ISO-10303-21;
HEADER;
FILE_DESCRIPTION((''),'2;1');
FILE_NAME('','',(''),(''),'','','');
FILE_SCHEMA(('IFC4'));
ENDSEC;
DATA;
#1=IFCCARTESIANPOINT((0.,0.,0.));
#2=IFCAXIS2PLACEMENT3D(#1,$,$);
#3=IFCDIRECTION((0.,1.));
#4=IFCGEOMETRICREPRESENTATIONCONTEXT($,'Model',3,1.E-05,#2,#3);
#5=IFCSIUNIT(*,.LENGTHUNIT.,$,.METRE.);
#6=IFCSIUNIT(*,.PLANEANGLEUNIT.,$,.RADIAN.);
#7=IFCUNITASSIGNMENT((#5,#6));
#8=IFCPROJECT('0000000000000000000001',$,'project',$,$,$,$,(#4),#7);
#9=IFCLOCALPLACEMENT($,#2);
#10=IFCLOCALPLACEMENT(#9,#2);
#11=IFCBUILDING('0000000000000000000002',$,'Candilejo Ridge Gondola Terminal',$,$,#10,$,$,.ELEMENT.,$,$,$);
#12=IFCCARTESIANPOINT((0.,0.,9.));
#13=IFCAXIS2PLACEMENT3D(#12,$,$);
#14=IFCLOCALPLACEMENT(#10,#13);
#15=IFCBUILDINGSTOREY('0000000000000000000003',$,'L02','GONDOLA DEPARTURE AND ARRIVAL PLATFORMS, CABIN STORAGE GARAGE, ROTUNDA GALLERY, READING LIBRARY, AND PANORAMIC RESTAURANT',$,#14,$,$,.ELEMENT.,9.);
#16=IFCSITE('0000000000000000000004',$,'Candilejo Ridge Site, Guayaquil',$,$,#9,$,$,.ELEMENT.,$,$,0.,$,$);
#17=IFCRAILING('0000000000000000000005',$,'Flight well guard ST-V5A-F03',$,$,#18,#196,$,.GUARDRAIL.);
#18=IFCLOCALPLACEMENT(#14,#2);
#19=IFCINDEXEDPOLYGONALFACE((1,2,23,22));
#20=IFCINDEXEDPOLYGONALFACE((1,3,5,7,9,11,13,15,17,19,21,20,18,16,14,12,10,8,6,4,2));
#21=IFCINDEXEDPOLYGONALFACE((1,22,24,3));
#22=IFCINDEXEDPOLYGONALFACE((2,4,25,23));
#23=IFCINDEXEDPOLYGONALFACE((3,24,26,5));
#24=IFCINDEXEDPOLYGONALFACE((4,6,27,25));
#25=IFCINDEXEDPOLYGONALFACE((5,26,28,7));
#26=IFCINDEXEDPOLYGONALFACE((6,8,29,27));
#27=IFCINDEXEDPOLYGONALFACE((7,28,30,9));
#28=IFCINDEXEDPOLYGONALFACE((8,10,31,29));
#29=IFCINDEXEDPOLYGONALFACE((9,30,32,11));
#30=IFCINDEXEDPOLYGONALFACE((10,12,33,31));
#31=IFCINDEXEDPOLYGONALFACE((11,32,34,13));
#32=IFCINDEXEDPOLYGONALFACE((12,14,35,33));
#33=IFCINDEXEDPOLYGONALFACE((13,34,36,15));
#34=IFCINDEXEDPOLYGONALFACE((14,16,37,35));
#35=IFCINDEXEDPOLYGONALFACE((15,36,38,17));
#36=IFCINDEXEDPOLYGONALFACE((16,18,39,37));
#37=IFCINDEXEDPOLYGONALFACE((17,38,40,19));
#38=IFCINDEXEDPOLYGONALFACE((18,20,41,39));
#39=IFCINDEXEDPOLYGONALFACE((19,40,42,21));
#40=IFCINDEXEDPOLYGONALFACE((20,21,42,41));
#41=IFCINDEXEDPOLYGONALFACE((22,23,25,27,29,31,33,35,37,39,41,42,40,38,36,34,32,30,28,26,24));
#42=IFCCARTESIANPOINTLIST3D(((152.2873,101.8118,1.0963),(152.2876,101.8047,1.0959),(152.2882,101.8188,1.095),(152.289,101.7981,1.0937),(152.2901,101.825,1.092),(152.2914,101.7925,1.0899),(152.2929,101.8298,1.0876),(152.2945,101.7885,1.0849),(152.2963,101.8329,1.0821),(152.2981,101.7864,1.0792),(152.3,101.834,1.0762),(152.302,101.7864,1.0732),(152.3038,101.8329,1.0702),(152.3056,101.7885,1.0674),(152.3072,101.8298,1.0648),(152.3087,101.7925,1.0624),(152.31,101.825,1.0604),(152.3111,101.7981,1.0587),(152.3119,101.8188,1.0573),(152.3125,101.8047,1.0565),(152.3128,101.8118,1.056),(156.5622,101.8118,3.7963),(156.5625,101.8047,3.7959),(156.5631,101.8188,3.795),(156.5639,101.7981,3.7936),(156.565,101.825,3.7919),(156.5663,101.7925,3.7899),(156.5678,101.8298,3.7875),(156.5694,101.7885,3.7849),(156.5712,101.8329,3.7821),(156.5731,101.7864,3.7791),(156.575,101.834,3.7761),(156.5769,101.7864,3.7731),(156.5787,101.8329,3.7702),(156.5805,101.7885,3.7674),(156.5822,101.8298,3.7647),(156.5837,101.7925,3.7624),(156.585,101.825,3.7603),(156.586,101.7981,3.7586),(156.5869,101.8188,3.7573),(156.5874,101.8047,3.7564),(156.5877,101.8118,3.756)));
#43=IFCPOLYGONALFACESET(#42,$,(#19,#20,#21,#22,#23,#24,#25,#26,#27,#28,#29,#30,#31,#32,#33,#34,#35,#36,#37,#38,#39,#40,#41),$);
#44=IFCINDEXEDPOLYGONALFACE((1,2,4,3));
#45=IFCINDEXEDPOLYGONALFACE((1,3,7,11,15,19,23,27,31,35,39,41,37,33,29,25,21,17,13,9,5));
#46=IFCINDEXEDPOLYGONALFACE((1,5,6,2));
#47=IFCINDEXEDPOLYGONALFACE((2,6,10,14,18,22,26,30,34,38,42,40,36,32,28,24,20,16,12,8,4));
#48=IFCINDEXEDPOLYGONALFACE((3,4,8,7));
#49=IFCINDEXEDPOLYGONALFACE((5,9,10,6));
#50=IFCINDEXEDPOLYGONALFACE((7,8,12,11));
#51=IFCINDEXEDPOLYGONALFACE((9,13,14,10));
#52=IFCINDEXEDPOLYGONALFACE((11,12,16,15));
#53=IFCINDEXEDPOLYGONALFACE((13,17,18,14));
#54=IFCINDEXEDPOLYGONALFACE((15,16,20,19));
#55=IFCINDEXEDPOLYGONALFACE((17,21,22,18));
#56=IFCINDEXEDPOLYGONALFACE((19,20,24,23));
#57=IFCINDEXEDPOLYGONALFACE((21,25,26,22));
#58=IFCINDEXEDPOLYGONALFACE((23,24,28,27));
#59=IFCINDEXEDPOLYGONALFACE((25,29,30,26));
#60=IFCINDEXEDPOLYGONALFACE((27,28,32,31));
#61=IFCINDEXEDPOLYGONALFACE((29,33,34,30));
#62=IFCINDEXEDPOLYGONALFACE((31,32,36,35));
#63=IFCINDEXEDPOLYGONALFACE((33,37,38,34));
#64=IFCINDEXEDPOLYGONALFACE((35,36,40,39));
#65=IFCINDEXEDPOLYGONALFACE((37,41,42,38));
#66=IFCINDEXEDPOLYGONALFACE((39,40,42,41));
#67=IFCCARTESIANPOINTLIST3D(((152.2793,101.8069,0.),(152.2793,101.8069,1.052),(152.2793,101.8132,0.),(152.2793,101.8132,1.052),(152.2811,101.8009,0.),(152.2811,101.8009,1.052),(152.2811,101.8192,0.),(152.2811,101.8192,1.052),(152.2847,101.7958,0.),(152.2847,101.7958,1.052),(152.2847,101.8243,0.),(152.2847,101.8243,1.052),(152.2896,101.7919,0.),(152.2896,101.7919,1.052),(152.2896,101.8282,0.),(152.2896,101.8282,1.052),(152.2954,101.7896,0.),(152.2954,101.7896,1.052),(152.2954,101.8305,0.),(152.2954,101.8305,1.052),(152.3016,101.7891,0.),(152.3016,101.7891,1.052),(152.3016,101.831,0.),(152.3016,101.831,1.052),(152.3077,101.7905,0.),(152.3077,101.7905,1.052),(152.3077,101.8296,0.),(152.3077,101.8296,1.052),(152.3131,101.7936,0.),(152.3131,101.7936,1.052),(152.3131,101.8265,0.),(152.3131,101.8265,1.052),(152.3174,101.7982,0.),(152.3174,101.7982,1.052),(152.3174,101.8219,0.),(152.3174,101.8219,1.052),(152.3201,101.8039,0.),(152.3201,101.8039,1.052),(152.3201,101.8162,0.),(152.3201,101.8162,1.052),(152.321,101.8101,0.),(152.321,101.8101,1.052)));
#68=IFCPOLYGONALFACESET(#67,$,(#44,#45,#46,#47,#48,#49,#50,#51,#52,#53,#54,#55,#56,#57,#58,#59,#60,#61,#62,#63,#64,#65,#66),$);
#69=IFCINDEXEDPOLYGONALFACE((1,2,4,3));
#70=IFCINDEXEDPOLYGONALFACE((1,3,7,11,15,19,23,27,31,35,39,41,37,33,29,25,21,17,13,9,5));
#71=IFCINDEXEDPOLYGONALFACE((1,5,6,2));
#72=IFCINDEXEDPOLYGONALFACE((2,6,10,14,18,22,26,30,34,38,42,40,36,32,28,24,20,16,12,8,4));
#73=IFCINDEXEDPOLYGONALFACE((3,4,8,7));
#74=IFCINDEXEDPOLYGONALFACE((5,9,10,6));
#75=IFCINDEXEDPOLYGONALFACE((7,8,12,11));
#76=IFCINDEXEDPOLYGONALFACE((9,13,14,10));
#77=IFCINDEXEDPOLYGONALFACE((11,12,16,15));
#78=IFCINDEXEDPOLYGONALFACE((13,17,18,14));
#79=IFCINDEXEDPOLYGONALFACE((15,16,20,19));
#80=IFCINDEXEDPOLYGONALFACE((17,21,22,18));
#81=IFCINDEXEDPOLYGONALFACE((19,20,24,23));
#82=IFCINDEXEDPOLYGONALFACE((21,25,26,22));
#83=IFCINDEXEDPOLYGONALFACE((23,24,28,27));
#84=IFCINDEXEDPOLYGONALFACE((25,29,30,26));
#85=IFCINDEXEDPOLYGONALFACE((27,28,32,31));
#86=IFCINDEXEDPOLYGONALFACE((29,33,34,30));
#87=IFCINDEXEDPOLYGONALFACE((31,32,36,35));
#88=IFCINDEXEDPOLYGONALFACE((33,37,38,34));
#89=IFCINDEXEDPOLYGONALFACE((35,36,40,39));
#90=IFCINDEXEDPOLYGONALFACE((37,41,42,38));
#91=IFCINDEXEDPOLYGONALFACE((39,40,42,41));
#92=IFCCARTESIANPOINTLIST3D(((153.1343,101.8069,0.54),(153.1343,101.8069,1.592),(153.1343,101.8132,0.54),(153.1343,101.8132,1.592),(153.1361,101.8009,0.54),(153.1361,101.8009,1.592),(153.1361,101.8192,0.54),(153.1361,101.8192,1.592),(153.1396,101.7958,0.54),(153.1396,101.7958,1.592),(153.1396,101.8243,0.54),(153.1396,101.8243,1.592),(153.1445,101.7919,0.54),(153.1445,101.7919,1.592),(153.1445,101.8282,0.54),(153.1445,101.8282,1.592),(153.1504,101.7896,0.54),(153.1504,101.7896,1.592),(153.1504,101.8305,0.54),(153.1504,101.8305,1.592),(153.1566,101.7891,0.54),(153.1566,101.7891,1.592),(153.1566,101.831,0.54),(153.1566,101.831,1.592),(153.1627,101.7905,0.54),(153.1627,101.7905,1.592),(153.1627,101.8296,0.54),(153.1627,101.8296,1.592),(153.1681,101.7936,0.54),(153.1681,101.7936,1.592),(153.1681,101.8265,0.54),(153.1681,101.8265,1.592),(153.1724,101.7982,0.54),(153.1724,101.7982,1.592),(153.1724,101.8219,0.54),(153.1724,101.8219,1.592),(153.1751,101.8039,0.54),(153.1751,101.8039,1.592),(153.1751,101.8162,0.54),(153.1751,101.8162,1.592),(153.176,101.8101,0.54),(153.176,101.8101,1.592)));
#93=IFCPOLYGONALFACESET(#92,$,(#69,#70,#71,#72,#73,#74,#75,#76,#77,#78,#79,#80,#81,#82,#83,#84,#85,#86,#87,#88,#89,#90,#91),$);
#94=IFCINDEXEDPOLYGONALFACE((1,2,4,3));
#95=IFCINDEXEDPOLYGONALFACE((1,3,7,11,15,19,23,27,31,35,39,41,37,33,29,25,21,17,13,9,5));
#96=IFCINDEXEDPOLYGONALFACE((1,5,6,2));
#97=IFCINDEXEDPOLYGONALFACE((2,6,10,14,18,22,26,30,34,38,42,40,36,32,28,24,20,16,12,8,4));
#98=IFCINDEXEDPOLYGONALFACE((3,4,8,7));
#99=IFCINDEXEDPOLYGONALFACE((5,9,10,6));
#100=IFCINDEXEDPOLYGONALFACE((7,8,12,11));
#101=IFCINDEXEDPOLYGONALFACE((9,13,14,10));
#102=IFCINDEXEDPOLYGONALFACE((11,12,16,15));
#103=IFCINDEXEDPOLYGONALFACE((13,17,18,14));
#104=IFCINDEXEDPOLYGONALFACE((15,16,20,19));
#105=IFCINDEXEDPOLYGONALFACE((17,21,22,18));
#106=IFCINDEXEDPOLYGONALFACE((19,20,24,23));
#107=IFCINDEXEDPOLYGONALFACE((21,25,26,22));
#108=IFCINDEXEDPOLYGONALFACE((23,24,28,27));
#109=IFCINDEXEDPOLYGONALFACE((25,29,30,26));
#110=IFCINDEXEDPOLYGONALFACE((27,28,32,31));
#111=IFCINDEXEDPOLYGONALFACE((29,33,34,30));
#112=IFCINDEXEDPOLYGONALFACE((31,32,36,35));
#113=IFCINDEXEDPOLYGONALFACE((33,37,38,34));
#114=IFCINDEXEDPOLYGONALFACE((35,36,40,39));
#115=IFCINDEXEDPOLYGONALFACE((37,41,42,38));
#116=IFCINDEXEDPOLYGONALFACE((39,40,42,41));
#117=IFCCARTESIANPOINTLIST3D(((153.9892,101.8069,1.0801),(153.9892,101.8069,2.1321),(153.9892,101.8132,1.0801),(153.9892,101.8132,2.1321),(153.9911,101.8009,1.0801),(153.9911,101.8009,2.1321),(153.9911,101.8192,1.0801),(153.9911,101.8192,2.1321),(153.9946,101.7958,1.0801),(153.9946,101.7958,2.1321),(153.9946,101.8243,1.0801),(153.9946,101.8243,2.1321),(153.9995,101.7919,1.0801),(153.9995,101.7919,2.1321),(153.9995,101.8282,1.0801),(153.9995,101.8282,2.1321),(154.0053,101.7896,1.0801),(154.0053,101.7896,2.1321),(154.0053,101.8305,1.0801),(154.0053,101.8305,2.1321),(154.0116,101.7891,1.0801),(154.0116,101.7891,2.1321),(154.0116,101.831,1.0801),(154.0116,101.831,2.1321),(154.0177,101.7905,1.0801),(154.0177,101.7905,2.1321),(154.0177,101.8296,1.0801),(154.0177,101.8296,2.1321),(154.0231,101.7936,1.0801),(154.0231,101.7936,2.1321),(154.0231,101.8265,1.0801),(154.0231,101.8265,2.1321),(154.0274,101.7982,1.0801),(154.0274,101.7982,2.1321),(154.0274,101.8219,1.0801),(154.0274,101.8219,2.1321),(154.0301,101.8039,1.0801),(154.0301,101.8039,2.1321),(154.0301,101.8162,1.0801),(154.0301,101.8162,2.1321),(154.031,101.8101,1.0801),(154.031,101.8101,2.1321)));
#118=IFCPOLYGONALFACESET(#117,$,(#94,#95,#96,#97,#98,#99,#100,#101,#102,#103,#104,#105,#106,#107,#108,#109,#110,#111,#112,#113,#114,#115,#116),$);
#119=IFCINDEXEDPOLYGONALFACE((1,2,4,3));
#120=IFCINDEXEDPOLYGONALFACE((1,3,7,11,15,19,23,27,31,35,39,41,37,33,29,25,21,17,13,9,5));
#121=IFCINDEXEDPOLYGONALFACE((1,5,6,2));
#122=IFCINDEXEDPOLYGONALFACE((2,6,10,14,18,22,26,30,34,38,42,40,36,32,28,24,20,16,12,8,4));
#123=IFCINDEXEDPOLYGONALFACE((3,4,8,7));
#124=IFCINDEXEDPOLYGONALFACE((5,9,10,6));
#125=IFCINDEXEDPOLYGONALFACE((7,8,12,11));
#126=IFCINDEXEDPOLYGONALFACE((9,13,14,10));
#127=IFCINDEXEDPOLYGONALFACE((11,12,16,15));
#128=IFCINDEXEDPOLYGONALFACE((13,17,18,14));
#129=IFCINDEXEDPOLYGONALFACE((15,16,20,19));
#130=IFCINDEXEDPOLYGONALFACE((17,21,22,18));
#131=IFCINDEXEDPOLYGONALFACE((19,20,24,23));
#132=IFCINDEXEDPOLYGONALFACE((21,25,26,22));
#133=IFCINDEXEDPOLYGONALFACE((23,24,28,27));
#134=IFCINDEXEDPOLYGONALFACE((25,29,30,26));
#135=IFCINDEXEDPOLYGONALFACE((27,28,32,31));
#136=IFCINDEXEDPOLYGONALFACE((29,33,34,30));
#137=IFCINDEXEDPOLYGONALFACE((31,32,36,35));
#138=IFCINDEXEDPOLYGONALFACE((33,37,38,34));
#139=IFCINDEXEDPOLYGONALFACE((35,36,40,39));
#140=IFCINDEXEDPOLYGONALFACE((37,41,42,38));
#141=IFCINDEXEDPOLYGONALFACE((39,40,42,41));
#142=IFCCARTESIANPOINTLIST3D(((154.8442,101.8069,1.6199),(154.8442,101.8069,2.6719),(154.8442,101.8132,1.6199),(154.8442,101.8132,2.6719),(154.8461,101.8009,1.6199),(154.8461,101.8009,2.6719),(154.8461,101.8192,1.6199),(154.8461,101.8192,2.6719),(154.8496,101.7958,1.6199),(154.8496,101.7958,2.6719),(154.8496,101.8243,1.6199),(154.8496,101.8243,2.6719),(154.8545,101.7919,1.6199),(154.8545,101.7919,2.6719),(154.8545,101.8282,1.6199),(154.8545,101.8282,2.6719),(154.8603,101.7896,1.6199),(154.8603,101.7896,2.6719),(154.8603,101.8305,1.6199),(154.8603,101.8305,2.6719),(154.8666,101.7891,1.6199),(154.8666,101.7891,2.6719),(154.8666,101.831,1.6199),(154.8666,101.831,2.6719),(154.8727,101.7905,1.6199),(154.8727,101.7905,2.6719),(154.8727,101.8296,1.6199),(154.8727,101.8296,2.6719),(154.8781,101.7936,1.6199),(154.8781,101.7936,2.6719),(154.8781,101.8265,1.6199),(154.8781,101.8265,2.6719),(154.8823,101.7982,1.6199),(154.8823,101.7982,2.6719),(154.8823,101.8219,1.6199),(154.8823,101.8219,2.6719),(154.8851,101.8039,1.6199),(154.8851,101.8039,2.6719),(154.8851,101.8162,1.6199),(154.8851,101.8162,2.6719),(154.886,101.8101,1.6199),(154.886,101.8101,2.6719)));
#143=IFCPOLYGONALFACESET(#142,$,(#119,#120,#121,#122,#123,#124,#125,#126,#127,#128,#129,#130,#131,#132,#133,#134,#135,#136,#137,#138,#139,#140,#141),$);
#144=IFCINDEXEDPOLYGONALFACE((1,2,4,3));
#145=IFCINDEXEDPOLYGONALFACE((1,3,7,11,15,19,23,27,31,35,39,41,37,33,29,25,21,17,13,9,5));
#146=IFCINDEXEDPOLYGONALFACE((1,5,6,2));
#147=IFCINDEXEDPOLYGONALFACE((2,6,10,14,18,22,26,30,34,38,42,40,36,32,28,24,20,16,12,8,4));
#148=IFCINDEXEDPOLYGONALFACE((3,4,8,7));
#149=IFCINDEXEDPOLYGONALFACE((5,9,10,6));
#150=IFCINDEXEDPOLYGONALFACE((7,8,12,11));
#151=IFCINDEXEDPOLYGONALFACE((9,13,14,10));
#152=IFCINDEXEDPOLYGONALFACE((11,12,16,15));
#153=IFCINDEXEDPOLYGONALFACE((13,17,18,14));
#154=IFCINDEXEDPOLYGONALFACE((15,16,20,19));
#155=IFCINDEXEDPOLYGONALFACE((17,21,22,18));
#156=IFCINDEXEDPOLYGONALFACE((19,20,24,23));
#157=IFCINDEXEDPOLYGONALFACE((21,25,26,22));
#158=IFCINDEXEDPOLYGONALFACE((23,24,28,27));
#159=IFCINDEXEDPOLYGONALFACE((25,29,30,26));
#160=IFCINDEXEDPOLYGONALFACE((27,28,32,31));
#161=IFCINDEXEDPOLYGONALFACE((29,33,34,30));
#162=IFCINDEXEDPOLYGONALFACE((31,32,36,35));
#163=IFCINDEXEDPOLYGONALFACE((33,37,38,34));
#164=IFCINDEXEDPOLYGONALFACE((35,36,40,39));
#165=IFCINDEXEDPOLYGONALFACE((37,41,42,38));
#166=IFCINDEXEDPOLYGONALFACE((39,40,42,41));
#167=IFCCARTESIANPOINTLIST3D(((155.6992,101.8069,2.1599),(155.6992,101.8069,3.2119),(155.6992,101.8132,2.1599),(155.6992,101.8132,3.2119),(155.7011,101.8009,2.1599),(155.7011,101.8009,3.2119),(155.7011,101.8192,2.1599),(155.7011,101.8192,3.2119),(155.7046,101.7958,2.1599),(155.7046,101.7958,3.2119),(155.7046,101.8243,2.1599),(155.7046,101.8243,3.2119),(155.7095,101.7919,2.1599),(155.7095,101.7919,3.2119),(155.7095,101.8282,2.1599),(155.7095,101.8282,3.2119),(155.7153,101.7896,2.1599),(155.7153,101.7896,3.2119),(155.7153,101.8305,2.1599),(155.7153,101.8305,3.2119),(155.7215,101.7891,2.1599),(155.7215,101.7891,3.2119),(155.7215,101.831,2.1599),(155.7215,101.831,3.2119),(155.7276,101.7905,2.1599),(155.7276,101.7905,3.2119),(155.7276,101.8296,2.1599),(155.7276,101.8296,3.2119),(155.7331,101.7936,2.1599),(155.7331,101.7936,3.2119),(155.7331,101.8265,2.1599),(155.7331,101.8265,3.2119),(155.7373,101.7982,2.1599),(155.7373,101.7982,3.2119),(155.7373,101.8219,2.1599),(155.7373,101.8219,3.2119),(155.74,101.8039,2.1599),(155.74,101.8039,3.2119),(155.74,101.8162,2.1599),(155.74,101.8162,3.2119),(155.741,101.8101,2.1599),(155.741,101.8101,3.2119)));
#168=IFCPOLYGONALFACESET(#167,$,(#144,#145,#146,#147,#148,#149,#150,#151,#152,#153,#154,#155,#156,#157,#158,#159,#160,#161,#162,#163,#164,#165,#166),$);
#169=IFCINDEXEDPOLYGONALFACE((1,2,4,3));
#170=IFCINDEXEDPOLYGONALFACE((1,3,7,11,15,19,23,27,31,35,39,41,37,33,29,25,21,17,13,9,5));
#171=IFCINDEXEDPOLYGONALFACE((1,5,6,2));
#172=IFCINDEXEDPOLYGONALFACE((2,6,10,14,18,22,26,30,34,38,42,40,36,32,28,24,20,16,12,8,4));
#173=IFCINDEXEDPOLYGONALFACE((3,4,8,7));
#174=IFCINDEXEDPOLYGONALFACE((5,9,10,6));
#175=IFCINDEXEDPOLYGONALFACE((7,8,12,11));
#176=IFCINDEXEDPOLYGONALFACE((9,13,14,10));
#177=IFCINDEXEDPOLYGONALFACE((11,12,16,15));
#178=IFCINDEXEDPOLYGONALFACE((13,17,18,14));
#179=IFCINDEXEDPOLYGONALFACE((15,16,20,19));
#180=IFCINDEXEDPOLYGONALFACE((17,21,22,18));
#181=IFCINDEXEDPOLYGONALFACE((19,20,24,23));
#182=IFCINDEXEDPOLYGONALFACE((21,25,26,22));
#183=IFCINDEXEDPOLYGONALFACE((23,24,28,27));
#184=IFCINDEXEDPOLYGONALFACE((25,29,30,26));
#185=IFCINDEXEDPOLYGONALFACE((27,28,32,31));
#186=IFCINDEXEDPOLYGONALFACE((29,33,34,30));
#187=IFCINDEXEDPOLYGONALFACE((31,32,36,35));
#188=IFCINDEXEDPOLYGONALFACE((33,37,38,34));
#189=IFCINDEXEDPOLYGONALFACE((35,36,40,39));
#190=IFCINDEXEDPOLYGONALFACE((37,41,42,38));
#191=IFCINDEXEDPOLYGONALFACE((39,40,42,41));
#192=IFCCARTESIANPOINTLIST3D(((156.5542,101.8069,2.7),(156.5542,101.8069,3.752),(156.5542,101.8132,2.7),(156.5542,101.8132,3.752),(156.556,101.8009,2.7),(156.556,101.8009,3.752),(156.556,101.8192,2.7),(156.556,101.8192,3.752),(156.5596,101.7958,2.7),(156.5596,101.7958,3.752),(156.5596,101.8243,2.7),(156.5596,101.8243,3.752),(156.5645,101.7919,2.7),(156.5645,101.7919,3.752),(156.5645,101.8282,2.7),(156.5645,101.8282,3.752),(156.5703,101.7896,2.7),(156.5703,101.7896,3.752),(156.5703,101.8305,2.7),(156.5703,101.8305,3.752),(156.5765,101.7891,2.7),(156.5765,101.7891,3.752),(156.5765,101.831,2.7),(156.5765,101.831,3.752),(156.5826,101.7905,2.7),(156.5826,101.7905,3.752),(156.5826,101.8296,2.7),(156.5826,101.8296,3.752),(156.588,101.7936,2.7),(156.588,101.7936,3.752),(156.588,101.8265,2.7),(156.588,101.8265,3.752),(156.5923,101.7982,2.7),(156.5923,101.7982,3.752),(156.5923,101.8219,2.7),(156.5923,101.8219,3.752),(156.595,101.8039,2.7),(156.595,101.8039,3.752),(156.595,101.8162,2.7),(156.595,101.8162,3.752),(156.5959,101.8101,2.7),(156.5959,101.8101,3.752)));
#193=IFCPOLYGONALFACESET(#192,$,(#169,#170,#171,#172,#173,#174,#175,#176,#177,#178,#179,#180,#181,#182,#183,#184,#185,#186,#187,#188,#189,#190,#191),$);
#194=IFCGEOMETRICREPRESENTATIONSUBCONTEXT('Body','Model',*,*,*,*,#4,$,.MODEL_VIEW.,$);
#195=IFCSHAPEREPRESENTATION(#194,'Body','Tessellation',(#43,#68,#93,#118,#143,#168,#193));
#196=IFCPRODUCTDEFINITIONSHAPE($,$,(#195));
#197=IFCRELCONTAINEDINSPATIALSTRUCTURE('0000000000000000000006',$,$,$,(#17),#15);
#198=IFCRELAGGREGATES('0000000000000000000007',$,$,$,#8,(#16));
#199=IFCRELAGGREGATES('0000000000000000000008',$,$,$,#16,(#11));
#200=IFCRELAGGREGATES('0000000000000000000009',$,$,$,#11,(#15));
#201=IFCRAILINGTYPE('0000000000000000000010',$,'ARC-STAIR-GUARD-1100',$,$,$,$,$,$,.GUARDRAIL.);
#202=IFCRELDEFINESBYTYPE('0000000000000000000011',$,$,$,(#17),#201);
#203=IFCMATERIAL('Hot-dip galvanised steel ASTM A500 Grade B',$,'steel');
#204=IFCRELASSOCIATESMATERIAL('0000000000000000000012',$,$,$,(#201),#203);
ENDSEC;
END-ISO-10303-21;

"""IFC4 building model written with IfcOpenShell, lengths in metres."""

from ifc_helpers import new_model, si_unit, direction, frame, origin, origin_2d, place, context, subcontext, project, spatial, circle, extrude, material, type_object, element, save


model = new_model("IFC4")

# Units and contexts
model_context = context("Model", 3, precision=1e-05, world=origin(), true_north=direction((0.0, 1.0)))
body_context = subcontext(model_context, "Body", "Model", "MODEL_VIEW")
ifc_project = project(units=[si_unit("LENGTHUNIT", "METRE"), si_unit("PLANEANGLEUNIT", "RADIAN")], contexts=[model_context])

# Site, building, storey
site_placement = place(None, origin())
site = spatial("IfcSite", under=ifc_project, at=site_placement, Name="Candilejo Ridge Site, Guayaquil", CompositionType="ELEMENT", RefElevation=0.0)
building_placement = place(site_placement, origin())
building = spatial("IfcBuilding", under=site, at=building_placement, Name="Candilejo Ridge Gondola Terminal", CompositionType="ELEMENT")
storey_placement = place(building_placement, frame((0.0, 0.0, 9.0)))
storey = spatial("IfcBuildingStorey", under=building, at=storey_placement, Name="L02", Description="GONDOLA DEPARTURE AND ARRIVAL PLATFORMS, CABIN STORAGE GARAGE, ROTUNDA GALLERY, READING LIBRARY, AND PANORAMIC RESTAURANT", CompositionType="ELEMENT", Elevation=9.0)

# Railing
ifc_material_1 = material(Name="Hot-dip galvanised steel ASTM A500 Grade B", Category="steel")
railing_type_1 = type_object("IfcRailingType", Name="ARC-STAIR-GUARD-1100", PredefinedType="GUARDRAIL", material=ifc_material_1)
railing_1_placement = place(storey_placement, frame((152.3, 101.8101, 0.0)))
element("IfcRailing", 1, at=railing_1_placement, inside=storey, type_object=railing_type_1, Name="Flight well guard ST-V5A-F03", PredefinedType="GUARDRAIL", context=body_context, shape_type="SweptSolid", body=[
    extrude(circle(Radius=0.0239, at=origin_2d()), frame((0.0, 0.0, 1.0762), z_axis=(0.845488, 0.0, 0.533995), x_axis=(0.0, 1.0, 0.0)), (0.0, 0.0, 1.0), 5.0562),
    extrude(circle(Radius=0.021, at=origin_2d()), origin(), (0.0, 0.0, 1.0), 1.052),
    extrude(circle(Radius=0.021, at=origin_2d()), frame((0.855, 0.0, 0.54)), (0.0, 0.0, 1.0), 1.052),
    extrude(circle(Radius=0.021, at=origin_2d()), frame((1.71, 0.0, 1.0801)), (0.0, 0.0, 1.0), 1.052),
    extrude(circle(Radius=0.021, at=origin_2d()), frame((2.5649, 0.0, 1.6199)), (0.0, 0.0, 1.0), 1.052),
    extrude(circle(Radius=0.021, at=origin_2d()), frame((3.4199, 0.0, 2.1599)), (0.0, 0.0, 1.0), 1.052),
    extrude(circle(Radius=0.021, at=origin_2d()), frame((4.2749, 0.0, 2.7)), (0.0, 0.0, 1.0), 1.052),
])

save(model, "model.ifc")
